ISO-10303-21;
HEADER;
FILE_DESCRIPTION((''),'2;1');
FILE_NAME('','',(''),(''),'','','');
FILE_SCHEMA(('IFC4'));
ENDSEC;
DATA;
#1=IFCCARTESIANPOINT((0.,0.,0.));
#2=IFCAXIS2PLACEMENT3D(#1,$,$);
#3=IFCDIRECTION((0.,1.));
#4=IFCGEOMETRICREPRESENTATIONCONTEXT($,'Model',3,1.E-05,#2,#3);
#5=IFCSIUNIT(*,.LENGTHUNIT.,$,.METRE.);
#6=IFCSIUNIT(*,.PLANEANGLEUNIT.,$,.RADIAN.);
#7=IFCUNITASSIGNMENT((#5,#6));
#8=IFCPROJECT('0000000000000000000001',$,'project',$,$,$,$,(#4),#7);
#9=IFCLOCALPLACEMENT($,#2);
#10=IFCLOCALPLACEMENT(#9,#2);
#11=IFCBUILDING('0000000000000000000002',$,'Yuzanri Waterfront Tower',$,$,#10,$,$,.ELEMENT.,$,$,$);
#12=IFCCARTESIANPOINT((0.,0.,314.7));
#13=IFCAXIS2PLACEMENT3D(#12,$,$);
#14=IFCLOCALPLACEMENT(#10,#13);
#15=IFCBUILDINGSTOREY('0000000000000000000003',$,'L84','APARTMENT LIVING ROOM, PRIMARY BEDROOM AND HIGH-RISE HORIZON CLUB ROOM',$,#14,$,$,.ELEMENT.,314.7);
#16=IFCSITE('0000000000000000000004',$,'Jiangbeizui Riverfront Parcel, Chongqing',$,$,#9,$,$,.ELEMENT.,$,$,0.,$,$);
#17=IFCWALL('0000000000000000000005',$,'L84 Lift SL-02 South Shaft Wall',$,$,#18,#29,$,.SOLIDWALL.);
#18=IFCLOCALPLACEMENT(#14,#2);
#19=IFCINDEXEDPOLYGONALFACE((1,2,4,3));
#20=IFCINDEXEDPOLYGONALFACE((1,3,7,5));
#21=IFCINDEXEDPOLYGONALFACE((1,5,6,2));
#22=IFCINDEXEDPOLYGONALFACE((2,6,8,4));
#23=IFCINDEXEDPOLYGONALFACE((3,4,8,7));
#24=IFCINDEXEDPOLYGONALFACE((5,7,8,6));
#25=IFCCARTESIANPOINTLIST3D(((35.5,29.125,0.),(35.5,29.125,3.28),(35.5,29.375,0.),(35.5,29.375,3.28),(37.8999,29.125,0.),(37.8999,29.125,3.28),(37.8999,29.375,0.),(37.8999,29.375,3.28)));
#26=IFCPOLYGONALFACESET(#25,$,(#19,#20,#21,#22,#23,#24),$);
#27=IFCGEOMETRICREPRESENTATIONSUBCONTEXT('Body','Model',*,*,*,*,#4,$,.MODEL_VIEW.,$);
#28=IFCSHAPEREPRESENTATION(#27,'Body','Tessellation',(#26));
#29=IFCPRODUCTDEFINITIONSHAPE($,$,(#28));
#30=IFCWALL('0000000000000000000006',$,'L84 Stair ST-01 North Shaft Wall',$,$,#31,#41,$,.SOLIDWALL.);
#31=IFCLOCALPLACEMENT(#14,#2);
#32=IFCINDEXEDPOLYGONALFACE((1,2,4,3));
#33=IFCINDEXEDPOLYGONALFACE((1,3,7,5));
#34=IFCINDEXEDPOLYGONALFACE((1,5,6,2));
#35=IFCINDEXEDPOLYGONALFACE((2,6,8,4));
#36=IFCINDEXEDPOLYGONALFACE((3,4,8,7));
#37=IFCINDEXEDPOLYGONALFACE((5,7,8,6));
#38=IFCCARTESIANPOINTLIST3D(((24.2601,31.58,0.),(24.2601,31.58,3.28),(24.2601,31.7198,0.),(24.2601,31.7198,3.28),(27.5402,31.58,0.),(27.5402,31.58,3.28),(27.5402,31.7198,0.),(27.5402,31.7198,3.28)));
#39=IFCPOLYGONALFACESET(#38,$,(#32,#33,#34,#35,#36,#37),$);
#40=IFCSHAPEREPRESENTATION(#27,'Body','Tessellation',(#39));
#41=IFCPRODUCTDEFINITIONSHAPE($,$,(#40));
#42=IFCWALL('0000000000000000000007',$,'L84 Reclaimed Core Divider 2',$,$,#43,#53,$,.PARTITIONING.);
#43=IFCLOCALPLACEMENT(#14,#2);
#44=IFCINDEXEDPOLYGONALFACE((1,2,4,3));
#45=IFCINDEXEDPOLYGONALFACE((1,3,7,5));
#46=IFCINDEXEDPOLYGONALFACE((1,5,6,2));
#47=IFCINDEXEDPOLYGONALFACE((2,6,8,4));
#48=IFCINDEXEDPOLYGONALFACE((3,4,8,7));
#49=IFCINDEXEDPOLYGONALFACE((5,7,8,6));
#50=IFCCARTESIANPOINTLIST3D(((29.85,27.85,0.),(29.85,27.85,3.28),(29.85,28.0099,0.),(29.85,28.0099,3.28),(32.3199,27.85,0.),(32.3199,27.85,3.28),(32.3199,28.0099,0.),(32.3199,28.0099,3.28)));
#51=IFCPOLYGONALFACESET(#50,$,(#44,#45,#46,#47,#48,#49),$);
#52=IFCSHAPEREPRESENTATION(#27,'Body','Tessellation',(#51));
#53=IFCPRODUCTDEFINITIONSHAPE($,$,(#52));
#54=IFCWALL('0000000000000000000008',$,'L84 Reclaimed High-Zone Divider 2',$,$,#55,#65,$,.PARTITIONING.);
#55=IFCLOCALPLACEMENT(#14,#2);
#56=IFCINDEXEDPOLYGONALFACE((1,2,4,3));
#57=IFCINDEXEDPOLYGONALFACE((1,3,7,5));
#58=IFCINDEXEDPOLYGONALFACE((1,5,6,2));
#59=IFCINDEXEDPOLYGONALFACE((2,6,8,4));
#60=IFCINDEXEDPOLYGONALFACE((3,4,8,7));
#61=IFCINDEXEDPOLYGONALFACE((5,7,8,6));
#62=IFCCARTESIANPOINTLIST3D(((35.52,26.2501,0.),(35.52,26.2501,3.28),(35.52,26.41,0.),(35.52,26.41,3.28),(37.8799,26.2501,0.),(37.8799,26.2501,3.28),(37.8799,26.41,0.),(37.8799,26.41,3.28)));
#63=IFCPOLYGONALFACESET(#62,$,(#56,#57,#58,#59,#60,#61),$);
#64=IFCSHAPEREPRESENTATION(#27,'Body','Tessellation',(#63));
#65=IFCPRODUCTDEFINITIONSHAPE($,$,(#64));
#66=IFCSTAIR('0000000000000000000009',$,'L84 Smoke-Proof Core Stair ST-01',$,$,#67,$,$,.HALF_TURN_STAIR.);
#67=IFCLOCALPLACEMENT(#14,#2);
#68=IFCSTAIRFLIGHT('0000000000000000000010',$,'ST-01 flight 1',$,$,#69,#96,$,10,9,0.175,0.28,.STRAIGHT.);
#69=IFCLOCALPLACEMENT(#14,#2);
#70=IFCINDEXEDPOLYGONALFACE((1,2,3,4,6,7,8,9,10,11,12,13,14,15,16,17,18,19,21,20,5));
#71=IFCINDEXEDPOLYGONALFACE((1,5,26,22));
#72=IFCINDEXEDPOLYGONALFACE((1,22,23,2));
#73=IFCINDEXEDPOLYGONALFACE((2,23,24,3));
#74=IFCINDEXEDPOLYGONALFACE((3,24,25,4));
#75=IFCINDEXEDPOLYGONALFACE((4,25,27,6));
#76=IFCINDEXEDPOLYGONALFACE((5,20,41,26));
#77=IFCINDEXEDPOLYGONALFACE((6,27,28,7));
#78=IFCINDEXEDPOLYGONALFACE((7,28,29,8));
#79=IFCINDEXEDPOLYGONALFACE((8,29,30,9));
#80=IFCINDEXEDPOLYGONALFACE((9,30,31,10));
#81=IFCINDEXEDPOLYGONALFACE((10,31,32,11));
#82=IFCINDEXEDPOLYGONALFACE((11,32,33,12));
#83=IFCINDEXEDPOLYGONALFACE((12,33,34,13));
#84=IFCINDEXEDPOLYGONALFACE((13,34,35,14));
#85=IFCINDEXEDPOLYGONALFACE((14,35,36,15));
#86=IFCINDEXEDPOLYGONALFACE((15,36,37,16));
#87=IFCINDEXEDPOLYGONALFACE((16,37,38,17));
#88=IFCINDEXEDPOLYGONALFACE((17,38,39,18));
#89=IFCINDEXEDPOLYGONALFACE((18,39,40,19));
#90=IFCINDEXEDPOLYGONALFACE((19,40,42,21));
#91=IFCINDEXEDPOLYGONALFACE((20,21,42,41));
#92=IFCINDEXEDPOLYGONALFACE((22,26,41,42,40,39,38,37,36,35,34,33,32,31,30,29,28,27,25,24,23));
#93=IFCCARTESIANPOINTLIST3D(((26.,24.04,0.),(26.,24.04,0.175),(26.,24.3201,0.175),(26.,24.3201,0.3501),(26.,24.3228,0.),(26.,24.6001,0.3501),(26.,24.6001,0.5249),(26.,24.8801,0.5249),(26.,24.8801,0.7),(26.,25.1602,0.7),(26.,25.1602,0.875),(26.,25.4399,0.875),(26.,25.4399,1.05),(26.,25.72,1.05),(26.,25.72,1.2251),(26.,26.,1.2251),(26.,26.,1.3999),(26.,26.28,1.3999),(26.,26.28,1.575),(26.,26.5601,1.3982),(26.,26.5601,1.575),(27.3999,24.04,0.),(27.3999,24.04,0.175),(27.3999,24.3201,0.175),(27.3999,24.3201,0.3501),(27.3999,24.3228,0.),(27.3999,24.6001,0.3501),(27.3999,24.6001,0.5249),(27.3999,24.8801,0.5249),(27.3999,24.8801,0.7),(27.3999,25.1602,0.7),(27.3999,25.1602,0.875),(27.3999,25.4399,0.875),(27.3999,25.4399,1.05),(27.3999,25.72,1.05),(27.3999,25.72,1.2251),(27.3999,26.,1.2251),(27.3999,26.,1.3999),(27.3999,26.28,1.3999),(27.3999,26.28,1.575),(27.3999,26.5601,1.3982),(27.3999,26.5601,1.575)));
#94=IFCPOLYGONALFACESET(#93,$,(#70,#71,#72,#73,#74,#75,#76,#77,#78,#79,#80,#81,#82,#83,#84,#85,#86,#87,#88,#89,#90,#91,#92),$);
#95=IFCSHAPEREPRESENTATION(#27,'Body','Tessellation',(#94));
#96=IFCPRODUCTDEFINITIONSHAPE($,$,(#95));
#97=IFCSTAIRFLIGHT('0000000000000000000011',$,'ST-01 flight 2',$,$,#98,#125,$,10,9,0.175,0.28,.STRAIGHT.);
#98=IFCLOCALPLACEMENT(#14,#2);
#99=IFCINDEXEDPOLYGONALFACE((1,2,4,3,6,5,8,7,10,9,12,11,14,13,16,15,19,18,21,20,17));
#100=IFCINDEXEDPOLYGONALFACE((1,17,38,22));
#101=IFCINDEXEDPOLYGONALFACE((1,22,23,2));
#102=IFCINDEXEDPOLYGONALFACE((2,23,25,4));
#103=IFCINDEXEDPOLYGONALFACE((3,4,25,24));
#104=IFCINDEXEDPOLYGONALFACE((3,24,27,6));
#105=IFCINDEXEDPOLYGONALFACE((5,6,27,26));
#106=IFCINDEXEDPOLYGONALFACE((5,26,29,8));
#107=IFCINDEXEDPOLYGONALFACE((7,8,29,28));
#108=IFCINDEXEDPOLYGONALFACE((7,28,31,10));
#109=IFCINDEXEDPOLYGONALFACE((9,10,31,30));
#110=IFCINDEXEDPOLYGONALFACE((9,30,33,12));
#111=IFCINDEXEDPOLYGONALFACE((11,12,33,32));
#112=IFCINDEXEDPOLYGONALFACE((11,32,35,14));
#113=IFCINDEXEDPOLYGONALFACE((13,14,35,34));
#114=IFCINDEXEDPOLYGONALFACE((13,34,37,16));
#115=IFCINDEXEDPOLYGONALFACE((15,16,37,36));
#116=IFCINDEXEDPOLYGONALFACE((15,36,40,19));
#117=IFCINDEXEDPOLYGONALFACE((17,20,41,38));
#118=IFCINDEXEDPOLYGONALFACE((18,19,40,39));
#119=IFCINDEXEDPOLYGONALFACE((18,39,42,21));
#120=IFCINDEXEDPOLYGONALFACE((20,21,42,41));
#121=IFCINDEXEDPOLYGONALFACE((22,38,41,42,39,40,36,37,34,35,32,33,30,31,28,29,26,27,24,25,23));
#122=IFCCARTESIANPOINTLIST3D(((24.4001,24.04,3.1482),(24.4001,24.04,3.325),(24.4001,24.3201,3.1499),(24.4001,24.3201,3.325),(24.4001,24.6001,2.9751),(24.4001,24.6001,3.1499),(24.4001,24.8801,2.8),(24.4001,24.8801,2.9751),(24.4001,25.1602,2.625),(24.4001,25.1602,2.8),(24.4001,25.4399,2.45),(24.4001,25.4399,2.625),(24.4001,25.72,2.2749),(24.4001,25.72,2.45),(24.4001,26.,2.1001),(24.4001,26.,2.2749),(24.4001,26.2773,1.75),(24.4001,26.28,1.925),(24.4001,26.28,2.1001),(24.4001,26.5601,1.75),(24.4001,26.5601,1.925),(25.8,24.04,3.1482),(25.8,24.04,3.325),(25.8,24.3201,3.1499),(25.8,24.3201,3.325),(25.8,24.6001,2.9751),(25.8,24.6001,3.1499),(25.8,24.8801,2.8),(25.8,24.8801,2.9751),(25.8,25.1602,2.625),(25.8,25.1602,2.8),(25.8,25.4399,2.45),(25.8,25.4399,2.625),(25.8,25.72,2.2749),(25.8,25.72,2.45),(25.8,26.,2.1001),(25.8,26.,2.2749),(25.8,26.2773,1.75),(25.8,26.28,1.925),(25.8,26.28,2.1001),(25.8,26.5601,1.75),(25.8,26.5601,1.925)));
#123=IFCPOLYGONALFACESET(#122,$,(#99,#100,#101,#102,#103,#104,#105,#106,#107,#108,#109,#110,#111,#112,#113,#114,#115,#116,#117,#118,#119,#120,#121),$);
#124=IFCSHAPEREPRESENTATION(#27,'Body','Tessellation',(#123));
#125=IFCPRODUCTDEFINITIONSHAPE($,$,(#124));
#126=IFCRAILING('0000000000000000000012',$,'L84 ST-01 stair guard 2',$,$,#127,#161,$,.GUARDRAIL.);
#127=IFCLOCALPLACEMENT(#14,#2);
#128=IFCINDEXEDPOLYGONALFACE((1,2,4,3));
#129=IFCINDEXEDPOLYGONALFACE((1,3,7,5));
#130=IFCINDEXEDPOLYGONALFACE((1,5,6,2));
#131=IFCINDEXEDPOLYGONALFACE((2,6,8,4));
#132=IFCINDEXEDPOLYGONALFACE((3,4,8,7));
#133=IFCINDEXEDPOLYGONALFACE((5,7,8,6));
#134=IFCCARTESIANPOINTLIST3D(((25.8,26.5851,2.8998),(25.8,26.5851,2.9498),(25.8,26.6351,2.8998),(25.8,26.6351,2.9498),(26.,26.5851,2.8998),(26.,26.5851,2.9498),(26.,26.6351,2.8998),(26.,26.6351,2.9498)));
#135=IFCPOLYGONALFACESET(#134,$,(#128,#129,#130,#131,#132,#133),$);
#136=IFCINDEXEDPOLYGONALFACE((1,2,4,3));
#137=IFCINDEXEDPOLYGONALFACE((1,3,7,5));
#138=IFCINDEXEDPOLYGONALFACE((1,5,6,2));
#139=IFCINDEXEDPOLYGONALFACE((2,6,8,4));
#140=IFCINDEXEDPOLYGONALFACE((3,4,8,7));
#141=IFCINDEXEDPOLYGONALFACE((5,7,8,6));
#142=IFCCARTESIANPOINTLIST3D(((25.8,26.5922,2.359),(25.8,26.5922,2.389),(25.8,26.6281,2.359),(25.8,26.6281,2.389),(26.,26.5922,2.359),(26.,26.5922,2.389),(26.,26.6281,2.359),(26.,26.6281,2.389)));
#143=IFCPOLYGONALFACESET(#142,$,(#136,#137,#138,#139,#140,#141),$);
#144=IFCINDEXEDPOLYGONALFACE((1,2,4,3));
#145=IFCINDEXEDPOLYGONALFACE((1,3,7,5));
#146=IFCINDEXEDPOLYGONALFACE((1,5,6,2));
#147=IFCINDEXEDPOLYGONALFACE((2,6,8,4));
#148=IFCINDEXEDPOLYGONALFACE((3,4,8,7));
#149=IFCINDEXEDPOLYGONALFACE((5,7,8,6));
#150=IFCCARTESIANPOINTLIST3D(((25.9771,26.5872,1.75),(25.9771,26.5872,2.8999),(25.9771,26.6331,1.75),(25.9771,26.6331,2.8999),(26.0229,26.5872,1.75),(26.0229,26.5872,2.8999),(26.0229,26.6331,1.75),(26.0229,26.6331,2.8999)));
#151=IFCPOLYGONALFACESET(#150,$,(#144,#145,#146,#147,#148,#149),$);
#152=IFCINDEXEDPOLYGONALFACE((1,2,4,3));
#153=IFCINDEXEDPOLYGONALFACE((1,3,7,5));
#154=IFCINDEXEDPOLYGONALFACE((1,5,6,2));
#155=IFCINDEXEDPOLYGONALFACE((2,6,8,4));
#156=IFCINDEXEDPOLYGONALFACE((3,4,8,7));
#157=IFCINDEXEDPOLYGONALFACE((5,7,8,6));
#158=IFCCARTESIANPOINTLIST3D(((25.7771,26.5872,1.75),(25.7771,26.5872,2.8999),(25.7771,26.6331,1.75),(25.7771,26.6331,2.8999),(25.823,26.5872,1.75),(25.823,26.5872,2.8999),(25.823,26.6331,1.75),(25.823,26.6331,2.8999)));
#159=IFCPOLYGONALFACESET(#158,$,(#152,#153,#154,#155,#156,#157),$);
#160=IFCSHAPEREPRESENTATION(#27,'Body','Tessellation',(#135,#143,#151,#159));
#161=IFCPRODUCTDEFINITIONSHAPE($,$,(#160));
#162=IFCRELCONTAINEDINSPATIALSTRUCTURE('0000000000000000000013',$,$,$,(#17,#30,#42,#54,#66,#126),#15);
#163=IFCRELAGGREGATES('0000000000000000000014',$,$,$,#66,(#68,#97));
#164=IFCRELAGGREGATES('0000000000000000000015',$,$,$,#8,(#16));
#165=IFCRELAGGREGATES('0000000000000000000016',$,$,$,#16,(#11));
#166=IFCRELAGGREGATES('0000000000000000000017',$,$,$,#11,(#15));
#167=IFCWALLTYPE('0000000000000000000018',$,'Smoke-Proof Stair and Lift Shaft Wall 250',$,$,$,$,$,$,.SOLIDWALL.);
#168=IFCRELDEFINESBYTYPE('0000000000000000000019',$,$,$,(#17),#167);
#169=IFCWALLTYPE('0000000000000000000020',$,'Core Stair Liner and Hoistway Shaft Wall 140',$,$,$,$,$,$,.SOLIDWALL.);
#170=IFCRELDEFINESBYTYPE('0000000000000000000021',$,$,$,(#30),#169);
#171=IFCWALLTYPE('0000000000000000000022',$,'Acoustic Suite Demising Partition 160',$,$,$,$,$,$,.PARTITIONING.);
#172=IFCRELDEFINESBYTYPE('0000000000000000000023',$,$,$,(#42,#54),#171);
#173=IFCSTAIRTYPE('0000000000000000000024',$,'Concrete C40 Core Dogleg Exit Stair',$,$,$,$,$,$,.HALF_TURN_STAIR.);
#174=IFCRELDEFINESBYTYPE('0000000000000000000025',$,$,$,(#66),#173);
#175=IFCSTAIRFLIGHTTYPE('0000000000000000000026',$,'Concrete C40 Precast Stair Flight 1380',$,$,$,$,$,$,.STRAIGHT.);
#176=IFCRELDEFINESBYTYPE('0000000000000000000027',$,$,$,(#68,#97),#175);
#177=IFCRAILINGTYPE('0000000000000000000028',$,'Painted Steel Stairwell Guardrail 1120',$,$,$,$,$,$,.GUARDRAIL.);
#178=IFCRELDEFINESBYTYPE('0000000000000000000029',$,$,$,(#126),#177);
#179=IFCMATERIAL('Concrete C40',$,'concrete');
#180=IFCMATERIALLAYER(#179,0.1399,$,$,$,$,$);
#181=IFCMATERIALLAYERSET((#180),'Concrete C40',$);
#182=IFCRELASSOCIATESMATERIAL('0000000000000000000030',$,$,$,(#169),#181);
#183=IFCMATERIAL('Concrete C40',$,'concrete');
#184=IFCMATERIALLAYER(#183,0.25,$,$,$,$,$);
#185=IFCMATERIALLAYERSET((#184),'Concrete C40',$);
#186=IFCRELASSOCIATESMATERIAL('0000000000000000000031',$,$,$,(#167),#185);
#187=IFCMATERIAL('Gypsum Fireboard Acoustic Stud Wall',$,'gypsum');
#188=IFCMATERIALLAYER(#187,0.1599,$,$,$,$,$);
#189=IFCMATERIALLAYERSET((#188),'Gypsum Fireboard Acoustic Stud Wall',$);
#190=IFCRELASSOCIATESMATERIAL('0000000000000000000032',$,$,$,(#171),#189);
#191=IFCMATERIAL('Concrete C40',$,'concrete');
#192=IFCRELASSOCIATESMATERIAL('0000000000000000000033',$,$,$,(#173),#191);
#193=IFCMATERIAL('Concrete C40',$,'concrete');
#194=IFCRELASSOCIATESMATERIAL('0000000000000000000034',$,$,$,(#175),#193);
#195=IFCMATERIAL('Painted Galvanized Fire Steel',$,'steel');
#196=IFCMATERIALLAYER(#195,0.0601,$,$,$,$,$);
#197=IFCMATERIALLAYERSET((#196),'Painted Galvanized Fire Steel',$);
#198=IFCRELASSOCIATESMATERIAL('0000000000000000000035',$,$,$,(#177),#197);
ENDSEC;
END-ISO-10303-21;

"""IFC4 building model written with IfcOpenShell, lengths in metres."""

from ifc_helpers import new_model, si_unit, direction, frame, frame_2d, origin, origin_2d, place, context, subcontext, project, spatial, polyline, rectangle, outline, extrude, source, transform, mapped, material, layer, layer_set, type_object, element, aggregate, save


model = new_model("IFC4")

# Units and contexts
model_context = context("Model", 3, precision=1e-05, world=origin(), true_north=direction((0.0, 1.0)))
body_context = subcontext(model_context, "Body", "Model", "MODEL_VIEW")
ifc_project = project(units=[si_unit("LENGTHUNIT", "METRE"), si_unit("PLANEANGLEUNIT", "RADIAN")], contexts=[model_context])

# Site, building, storey
site_placement = place(None, origin())
site = spatial("IfcSite", under=ifc_project, at=site_placement, Name="Jiangbeizui Riverfront Parcel, Chongqing", CompositionType="ELEMENT", RefElevation=0.0)
building_placement = place(site_placement, origin())
building = spatial("IfcBuilding", under=site, at=building_placement, Name="Yuzanri Waterfront Tower", CompositionType="ELEMENT")
storey_placement = place(building_placement, frame((0.0, 0.0, 314.7)))
storey = spatial("IfcBuildingStorey", under=building, at=storey_placement, Name="L84", Description="APARTMENT LIVING ROOM, PRIMARY BEDROOM AND HIGH-RISE HORIZON CLUB ROOM", CompositionType="ELEMENT", Elevation=314.7)

# Shared definitions
ifc_material_1 = material(Name="Concrete C40", Category="concrete")
ifc_layer_1 = layer(ifc_material_1, 0.1399)
ifc_layer_set_1 = layer_set([ifc_layer_1], Name="Concrete C40")
wall_type_1 = type_object("IfcWallType", Name="Core Stair Liner and Hoistway Shaft Wall 140", PredefinedType="SOLIDWALL", material=ifc_layer_set_1)

# Walls
ifc_material_2 = material(Name="Concrete C40", Category="concrete")
ifc_layer_2 = layer(ifc_material_2, 0.25)
ifc_layer_set_2 = layer_set([ifc_layer_2], Name="Concrete C40")
wall_type_2 = type_object("IfcWallType", Name="Smoke-Proof Stair and Lift Shaft Wall 250", PredefinedType="SOLIDWALL", material=ifc_layer_set_2)
shared_shape_1 = source(origin(), body_context, "Body", "SweptSolid", [
    extrude(rectangle(XDim=2.3999, YDim=0.25, at=frame_2d((1.2, 0.0))), origin(), (0.0, 0.0, 1.0), 3.28),
])
wall_1_placement = place(storey_placement, frame((35.5, 29.25, 0.0), z_axis=(0.0, 0.0, 1.0), x_axis=(1.0, 0.0, 0.0)))
element("IfcWall", 1, at=wall_1_placement, inside=storey, type_object=wall_type_2, Name="L84 Lift SL-02 South Shaft Wall", PredefinedType="SOLIDWALL", context=body_context, shape_type="MappedRepresentation", body=[
    mapped(shared_shape_1, transform((0.0, 0.0, 0.0), scale=1.0)),
])
shared_shape_2 = source(origin(), body_context, "Body", "SweptSolid", [
    extrude(rectangle(XDim=3.28, YDim=0.1399, at=frame_2d((1.6401, 0.0))), origin(), (0.0, 0.0, 1.0), 3.28),
])
wall_2_placement = place(storey_placement, frame((24.26, 31.6499, 0.0), z_axis=(0.0, 0.0, 1.0), x_axis=(1.0, 0.0, 0.0)))
element("IfcWall", 2, at=wall_2_placement, inside=storey, type_object=wall_type_1, Name="L84 Stair ST-01 North Shaft Wall", PredefinedType="SOLIDWALL", context=body_context, shape_type="MappedRepresentation", body=[
    mapped(shared_shape_2, transform((0.0, 0.0, 0.0), scale=1.0)),
])
ifc_material_3 = material(Name="Gypsum Fireboard Acoustic Stud Wall", Category="gypsum")
ifc_layer_3 = layer(ifc_material_3, 0.1599)
ifc_layer_set_3 = layer_set([ifc_layer_3], Name="Gypsum Fireboard Acoustic Stud Wall")
wall_type_3 = type_object("IfcWallType", Name="Acoustic Suite Demising Partition 160", PredefinedType="PARTITIONING", material=ifc_layer_set_3)
shared_shape_3 = source(origin(), body_context, "Body", "SweptSolid", [
    extrude(rectangle(XDim=2.47, YDim=0.1599, at=frame_2d((1.2349, 0.0))), origin(), (0.0, 0.0, 1.0), 3.28),
])
wall_3_placement = place(storey_placement, frame((29.8501, 27.9299, 0.0), z_axis=(0.0, 0.0, 1.0), x_axis=(1.0, 0.0, 0.0)))
element("IfcWall", 3, at=wall_3_placement, inside=storey, type_object=wall_type_3, Name="L84 Reclaimed Core Divider 2", PredefinedType="PARTITIONING", context=body_context, shape_type="MappedRepresentation", body=[
    mapped(shared_shape_3, transform((0.0, 0.0, 0.0), scale=1.0)),
])
shared_shape_4 = source(origin(), body_context, "Body", "SweptSolid", [
    extrude(rectangle(XDim=2.3599, YDim=0.1599, at=frame_2d((1.1799, 0.0))), origin(), (0.0, 0.0, 1.0), 3.28),
])
wall_4_placement = place(storey_placement, frame((35.52, 26.3301, 0.0), z_axis=(0.0, 0.0, 1.0), x_axis=(1.0, 0.0, 0.0)))
element("IfcWall", 4, at=wall_4_placement, inside=storey, type_object=wall_type_3, Name="L84 Reclaimed High-Zone Divider 2", PredefinedType="PARTITIONING", context=body_context, shape_type="MappedRepresentation", body=[
    mapped(shared_shape_4, transform((0.0, 0.0, 0.0), scale=1.0)),
])

# Stair, stair flights
ifc_material_4 = material(Name="Concrete C40", Category="concrete")
stair_type = type_object("IfcStairType", Name="Concrete C40 Core Dogleg Exit Stair", PredefinedType="HALF_TURN_STAIR", material=ifc_material_4)
stair_placement = place(storey_placement, origin())
stair = element("IfcStair", 5, at=stair_placement, inside=storey, type_object=stair_type, Name="L84 Smoke-Proof Core Stair ST-01", PredefinedType="HALF_TURN_STAIR")
ifc_material_5 = material(Name="Concrete C40", Category="concrete")
stair_flight_type = type_object("IfcStairFlightType", Name="Concrete C40 Precast Stair Flight 1380", PredefinedType="STRAIGHT", material=ifc_material_5)
shared_shape_5 = source(origin(), body_context, "Body", "SweptSolid", [
    extrude(outline(polyline([(0.0, 0.0), (0.0, 0.175), (0.28, 0.175), (0.28, 0.3501), (0.5601, 0.3501), (0.5601, 0.5249), (0.8401, 0.5249), (0.8401, 0.7), (1.1201, 0.7), (1.1201, 0.875), (1.3999, 0.875), (1.3999, 1.05), (1.6799, 1.05), (1.6799, 1.2251), (1.96, 1.2251), (1.96, 1.3999), (2.24, 1.3999), (2.24, 1.575), (2.52, 1.575), (2.52, 1.75), (2.52, 1.3982), (0.2827, 0.0), (0.0, 0.0)])), frame((0.0, 0.7, 0.0), z_axis=(0.0, -1.0, 0.0), x_axis=(1.0, 0.0, 0.0)), (0.0, 0.0, 1.0), 1.3999),
])
stair_flight_1_placement = place(storey_placement, frame((26.7, 24.04, 0.0), z_axis=(0.0, 0.0, 1.0), x_axis=(0.0, 1.0, 0.0)))
stair_flight_1 = element("IfcStairFlight", 6, at=stair_flight_1_placement, type_object=stair_flight_type, Name="ST-01 flight 1", NumberOfRisers=10, NumberOfTreads=9, PredefinedType="STRAIGHT", RiserHeight=0.175, TreadLength=0.28, context=body_context, shape_type="MappedRepresentation", body=[
    mapped(shared_shape_5, transform((0.0, 0.0, 0.0), scale=1.0)),
])
stair_flight_2_placement = place(storey_placement, frame((25.1001, 26.5601, 1.75), z_axis=(0.0, 0.0, 1.0), x_axis=(0.0, -1.0, 0.0)))
stair_flight_2 = element("IfcStairFlight", 7, at=stair_flight_2_placement, type_object=stair_flight_type, Name="ST-01 flight 2", NumberOfRisers=10, NumberOfTreads=9, PredefinedType="STRAIGHT", RiserHeight=0.175, TreadLength=0.28, context=body_context, shape_type="MappedRepresentation", body=[
    mapped(shared_shape_5, transform((0.0, 0.0, 0.0), scale=1.0)),
])
aggregate(stair, [stair_flight_1, stair_flight_2])

# Railing
ifc_material_6 = material(Name="Painted Galvanized Fire Steel", Category="steel")
ifc_layer_4 = layer(ifc_material_6, 0.0601)
ifc_layer_set_4 = layer_set([ifc_layer_4], Name="Painted Galvanized Fire Steel")
railing_type_1 = type_object("IfcRailingType", Name="Painted Steel Stairwell Guardrail 1120", PredefinedType="GUARDRAIL", material=ifc_layer_set_4)
shared_shape_6 = source(origin(), body_context, "Body", "SweptSolid", [
    extrude(rectangle(XDim=0.05, YDim=0.05, at=origin_2d()), frame((0.0, 0.0, 1.1748), z_axis=(-1.0, 0.0, 0.0), x_axis=(0.0, -1.0, 0.0)), (0.0, 0.0, 1.0), 0.2),
    extrude(rectangle(XDim=0.0359, YDim=0.03, at=origin_2d()), frame((0.0, 0.0, 0.624), z_axis=(-1.0, 0.0, 0.0), x_axis=(0.0, -1.0, 0.0)), (0.0, 0.0, 1.0), 0.2),
    extrude(rectangle(XDim=0.0459, YDim=0.0459, at=origin_2d()), origin(), (0.0, 0.0, 1.0), 1.1499),
    extrude(rectangle(XDim=0.0459, YDim=0.0459, at=origin_2d()), frame((-0.2, 0.0, 0.0)), (0.0, 0.0, 1.0), 1.1499),
])
railing_1_placement = place(storey_placement, frame((26.0, 26.6101, 1.75)))
element("IfcRailing", 8, at=railing_1_placement, inside=storey, type_object=railing_type_1, Name="L84 ST-01 stair guard 2", PredefinedType="GUARDRAIL", context=body_context, shape_type="MappedRepresentation", body=[
    mapped(shared_shape_6, transform((0.0, 0.0, 0.0), scale=1.0)),
])

save(model, "model.ifc")
